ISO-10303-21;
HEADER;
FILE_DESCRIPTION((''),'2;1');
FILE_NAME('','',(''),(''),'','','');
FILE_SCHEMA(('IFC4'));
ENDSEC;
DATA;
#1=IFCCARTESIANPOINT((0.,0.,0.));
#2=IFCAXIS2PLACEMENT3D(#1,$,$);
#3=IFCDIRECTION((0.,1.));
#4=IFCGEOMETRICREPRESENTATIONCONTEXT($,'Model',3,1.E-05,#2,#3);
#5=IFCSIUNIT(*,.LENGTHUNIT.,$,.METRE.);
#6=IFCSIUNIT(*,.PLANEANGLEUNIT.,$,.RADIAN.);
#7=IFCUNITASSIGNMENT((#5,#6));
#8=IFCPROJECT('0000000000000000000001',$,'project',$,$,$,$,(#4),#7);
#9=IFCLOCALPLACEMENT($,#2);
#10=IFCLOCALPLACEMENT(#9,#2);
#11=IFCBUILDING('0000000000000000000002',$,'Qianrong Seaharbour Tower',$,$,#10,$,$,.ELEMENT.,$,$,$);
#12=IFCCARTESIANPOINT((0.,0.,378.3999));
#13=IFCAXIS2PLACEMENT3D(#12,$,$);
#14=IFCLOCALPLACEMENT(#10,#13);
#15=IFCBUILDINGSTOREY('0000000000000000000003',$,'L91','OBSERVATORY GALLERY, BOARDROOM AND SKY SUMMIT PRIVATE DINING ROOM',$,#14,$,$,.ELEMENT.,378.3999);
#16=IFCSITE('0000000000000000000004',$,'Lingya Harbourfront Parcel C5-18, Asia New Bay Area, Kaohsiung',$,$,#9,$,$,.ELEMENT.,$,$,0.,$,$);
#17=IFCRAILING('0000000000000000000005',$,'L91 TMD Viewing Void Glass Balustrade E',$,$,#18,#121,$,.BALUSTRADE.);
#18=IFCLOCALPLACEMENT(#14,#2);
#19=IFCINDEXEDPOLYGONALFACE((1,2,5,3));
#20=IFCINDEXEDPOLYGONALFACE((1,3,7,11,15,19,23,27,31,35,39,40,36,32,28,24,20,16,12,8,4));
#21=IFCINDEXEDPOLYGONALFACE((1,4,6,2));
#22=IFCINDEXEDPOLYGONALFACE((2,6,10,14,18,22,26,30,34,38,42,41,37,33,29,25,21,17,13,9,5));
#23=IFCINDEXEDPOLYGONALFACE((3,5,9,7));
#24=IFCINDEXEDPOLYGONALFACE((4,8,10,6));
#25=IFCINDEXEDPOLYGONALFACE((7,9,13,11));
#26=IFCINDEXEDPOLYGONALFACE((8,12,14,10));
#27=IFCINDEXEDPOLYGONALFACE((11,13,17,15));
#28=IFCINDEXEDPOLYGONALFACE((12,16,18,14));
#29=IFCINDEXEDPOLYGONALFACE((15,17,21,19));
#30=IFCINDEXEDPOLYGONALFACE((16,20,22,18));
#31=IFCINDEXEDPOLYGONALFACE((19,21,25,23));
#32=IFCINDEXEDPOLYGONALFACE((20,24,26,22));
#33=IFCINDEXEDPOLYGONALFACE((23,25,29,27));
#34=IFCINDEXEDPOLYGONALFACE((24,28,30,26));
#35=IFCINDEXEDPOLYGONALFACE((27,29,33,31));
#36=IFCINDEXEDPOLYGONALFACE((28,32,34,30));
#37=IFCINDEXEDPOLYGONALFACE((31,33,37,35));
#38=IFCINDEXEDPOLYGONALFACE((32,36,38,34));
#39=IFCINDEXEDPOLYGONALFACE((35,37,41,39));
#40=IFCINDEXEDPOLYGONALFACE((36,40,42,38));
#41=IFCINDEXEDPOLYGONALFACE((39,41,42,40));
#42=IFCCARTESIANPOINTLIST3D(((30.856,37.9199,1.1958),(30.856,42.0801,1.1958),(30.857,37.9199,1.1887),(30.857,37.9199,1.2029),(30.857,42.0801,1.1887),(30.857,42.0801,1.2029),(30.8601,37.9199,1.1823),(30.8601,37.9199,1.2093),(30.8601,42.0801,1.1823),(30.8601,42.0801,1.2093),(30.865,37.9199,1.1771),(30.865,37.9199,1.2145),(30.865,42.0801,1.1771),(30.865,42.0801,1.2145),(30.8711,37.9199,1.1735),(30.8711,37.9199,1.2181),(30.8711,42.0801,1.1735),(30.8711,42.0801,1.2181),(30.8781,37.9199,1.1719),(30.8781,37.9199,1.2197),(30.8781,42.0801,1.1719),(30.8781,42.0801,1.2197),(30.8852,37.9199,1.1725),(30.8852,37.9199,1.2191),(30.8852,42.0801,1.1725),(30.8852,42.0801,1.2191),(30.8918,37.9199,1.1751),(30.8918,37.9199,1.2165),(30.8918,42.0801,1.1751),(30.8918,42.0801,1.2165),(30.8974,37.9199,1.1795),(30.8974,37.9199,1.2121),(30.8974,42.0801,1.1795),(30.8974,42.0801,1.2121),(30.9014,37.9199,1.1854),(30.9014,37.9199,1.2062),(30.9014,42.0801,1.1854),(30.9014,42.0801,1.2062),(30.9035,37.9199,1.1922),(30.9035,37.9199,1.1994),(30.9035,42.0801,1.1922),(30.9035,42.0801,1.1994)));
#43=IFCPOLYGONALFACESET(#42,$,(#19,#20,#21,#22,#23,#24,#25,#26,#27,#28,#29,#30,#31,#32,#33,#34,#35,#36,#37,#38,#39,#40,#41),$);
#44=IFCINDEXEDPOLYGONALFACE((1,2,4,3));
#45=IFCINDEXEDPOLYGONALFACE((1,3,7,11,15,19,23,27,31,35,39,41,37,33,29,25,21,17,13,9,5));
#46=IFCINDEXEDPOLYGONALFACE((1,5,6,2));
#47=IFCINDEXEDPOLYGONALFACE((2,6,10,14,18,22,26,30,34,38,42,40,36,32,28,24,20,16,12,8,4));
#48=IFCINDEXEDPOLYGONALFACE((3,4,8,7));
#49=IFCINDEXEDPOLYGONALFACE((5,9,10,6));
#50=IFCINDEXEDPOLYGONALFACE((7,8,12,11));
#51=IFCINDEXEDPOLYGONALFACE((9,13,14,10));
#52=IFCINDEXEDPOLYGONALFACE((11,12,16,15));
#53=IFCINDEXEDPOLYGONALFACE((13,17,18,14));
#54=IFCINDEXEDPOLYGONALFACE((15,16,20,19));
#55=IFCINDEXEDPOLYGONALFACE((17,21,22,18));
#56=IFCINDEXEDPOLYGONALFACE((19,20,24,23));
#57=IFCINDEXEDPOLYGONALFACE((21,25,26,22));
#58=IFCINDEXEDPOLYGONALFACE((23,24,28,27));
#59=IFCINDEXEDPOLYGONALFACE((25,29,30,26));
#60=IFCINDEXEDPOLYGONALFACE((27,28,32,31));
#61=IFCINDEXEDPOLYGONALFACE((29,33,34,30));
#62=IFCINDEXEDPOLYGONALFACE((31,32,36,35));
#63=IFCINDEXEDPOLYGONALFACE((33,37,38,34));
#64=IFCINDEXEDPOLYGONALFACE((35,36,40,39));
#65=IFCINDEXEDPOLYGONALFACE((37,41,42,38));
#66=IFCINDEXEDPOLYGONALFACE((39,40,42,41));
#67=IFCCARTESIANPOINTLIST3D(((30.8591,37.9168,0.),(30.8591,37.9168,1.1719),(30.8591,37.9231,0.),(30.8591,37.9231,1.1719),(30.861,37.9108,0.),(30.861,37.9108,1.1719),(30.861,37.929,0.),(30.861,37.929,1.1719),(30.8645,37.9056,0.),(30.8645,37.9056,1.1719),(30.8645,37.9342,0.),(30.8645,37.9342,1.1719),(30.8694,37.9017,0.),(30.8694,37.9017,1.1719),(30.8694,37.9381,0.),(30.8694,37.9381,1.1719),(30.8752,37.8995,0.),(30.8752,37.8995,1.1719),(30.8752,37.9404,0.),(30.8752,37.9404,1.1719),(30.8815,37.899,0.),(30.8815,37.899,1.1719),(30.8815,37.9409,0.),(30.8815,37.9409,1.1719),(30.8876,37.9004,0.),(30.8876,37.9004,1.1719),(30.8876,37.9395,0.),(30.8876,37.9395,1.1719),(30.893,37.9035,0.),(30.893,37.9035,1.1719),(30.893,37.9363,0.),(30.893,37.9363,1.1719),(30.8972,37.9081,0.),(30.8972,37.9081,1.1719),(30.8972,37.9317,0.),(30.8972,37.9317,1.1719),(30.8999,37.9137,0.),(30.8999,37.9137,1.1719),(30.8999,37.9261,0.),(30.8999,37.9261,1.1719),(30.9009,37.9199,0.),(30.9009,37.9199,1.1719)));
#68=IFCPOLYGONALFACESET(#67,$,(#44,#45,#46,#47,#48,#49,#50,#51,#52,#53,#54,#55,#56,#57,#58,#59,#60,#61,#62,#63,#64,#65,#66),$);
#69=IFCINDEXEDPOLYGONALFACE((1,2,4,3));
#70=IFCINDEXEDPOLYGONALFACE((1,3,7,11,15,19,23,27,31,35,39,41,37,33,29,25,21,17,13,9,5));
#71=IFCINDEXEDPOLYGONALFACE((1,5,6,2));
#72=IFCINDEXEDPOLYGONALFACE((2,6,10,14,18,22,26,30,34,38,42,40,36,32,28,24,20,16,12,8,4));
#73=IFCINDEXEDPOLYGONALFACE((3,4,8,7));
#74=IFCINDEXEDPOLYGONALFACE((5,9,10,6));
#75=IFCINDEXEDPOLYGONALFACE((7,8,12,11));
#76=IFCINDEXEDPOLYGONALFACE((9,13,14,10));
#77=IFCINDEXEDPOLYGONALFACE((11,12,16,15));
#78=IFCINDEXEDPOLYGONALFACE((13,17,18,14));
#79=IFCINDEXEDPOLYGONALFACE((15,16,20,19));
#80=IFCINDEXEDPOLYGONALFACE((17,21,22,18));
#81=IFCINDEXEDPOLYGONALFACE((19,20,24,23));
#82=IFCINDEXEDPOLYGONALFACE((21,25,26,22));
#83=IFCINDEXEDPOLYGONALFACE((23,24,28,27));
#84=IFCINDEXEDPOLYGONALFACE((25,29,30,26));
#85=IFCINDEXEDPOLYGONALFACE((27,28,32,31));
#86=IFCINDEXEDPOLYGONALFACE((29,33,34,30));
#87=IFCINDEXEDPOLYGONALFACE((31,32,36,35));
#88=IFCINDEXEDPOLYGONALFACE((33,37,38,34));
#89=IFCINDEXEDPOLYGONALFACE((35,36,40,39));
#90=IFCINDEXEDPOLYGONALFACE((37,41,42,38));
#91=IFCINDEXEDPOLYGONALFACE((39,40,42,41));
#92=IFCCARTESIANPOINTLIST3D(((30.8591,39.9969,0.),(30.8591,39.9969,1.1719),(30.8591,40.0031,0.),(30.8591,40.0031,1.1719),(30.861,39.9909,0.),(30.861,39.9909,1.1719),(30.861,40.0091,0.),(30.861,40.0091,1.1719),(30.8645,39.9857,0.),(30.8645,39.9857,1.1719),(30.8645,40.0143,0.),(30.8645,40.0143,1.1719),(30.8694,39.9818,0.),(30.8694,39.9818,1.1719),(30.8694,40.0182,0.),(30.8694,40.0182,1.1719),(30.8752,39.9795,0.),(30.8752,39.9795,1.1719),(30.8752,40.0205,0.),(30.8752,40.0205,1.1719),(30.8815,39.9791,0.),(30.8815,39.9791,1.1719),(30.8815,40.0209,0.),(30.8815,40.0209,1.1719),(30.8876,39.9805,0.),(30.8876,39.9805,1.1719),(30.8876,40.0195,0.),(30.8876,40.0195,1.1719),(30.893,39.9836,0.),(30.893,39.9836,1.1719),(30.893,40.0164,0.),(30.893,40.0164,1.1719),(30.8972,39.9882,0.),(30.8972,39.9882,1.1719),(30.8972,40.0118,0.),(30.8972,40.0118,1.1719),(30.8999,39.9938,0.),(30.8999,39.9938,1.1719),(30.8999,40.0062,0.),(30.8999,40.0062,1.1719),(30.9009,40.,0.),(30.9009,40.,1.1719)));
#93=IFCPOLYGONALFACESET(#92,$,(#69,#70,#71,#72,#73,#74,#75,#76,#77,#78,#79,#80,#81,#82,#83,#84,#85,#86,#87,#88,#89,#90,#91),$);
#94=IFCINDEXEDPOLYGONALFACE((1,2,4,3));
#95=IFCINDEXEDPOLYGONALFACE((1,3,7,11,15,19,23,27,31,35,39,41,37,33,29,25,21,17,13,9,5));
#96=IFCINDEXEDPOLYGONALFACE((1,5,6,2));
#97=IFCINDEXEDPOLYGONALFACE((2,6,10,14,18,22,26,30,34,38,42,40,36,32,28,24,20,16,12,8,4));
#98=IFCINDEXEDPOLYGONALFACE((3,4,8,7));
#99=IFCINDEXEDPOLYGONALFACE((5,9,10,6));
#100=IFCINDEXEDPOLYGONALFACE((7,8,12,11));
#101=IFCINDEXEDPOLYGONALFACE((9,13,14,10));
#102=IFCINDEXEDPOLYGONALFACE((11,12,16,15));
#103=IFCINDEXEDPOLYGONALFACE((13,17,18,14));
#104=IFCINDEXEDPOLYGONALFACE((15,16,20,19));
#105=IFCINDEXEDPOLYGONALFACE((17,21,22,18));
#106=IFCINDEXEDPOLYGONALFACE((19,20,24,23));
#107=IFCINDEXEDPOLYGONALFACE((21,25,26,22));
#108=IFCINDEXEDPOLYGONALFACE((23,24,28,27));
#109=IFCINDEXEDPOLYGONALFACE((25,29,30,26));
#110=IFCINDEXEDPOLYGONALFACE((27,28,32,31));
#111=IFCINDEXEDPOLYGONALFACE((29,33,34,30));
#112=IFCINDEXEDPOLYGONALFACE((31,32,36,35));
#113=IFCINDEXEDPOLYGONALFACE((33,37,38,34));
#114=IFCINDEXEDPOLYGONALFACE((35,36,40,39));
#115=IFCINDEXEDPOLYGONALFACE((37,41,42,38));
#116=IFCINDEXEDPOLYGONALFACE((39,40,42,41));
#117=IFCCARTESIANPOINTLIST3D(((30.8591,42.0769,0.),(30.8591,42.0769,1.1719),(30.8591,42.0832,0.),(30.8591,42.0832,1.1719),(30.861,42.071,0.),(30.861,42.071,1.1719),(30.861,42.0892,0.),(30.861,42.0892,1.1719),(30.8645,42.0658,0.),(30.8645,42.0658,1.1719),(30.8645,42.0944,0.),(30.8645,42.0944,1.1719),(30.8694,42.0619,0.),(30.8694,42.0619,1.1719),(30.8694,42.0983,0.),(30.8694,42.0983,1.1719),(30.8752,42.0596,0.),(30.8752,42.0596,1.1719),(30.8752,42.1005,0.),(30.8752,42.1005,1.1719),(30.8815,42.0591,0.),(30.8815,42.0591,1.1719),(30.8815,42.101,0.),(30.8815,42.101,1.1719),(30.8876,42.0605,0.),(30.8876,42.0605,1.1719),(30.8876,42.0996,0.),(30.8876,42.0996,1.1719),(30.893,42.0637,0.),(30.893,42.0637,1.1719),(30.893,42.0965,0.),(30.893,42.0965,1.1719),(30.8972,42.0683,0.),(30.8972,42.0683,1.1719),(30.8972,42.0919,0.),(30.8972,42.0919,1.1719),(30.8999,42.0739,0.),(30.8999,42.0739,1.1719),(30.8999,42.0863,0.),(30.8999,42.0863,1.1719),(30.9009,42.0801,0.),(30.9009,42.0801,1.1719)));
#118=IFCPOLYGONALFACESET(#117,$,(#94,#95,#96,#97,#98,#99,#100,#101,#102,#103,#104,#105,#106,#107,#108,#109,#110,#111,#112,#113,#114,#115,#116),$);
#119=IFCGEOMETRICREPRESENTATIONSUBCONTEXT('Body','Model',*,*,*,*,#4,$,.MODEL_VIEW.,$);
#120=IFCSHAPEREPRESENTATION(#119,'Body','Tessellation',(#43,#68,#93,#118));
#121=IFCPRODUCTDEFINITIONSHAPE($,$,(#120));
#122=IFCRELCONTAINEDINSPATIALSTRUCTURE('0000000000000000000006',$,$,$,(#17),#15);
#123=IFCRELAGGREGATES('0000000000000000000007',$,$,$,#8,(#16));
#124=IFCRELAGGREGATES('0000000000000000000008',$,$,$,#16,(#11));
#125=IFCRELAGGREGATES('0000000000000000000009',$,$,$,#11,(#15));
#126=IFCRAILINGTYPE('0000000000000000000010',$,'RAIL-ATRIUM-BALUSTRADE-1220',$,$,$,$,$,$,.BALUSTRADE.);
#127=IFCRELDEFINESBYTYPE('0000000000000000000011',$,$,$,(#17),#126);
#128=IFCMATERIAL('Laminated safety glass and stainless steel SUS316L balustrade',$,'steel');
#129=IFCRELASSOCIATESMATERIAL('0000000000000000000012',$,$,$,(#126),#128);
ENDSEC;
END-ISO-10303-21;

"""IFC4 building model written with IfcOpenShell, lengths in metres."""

from ifc_helpers import new_model, si_unit, direction, frame, origin, origin_2d, place, context, subcontext, project, spatial, circle, extrude, material, type_object, element, save


model = new_model("IFC4")

# Units and contexts
model_context = context("Model", 3, precision=1e-05, world=origin(), true_north=direction((0.0, 1.0)))
body_context = subcontext(model_context, "Body", "Model", "MODEL_VIEW")
ifc_project = project(units=[si_unit("LENGTHUNIT", "METRE"), si_unit("PLANEANGLEUNIT", "RADIAN")], contexts=[model_context])

# Site, building, storey
site_placement = place(None, origin())
site = spatial("IfcSite", under=ifc_project, at=site_placement, Name="Lingya Harbourfront Parcel C5-18, Asia New Bay Area, Kaohsiung", CompositionType="ELEMENT", RefElevation=0.0)
building_placement = place(site_placement, origin())
building = spatial("IfcBuilding", under=site, at=building_placement, Name="Qianrong Seaharbour Tower", CompositionType="ELEMENT")
storey_placement = place(building_placement, frame((0.0, 0.0, 378.3999)))
storey = spatial("IfcBuildingStorey", under=building, at=storey_placement, Name="L91", Description="OBSERVATORY GALLERY, BOARDROOM AND SKY SUMMIT PRIVATE DINING ROOM", CompositionType="ELEMENT", Elevation=378.3999)

# Railing
ifc_material_1 = material(Name="Laminated safety glass and stainless steel SUS316L balustrade", Category="steel")
railing_type = type_object("IfcRailingType", Name="RAIL-ATRIUM-BALUSTRADE-1220", PredefinedType="BALUSTRADE", material=ifc_material_1)
railing_placement = place(storey_placement, frame((30.8799, 37.9199, 0.0)))
element("IfcRailing", 1, at=railing_placement, inside=storey, type_object=railing_type, Name="L91 TMD Viewing Void Glass Balustrade E", PredefinedType="BALUSTRADE", context=body_context, shape_type="SweptSolid", body=[
    extrude(circle(Radius=0.0239, at=origin_2d()), frame((0.0, 0.0, 1.1958), z_axis=(0.0, 1.0, 0.0), x_axis=(-1.0, 0.0, 0.0)), (0.0, 0.0, 1.0), 4.1602),
    extrude(circle(Radius=0.021, at=origin_2d()), origin(), (0.0, 0.0, 1.0), 1.1719),
    extrude(circle(Radius=0.021, at=origin_2d()), frame((0.0, 2.0801, 0.0)), (0.0, 0.0, 1.0), 1.1719),
    extrude(circle(Radius=0.021, at=origin_2d()), frame((0.0, 4.1602, 0.0)), (0.0, 0.0, 1.0), 1.1719),
])

save(model, "model.ifc")
